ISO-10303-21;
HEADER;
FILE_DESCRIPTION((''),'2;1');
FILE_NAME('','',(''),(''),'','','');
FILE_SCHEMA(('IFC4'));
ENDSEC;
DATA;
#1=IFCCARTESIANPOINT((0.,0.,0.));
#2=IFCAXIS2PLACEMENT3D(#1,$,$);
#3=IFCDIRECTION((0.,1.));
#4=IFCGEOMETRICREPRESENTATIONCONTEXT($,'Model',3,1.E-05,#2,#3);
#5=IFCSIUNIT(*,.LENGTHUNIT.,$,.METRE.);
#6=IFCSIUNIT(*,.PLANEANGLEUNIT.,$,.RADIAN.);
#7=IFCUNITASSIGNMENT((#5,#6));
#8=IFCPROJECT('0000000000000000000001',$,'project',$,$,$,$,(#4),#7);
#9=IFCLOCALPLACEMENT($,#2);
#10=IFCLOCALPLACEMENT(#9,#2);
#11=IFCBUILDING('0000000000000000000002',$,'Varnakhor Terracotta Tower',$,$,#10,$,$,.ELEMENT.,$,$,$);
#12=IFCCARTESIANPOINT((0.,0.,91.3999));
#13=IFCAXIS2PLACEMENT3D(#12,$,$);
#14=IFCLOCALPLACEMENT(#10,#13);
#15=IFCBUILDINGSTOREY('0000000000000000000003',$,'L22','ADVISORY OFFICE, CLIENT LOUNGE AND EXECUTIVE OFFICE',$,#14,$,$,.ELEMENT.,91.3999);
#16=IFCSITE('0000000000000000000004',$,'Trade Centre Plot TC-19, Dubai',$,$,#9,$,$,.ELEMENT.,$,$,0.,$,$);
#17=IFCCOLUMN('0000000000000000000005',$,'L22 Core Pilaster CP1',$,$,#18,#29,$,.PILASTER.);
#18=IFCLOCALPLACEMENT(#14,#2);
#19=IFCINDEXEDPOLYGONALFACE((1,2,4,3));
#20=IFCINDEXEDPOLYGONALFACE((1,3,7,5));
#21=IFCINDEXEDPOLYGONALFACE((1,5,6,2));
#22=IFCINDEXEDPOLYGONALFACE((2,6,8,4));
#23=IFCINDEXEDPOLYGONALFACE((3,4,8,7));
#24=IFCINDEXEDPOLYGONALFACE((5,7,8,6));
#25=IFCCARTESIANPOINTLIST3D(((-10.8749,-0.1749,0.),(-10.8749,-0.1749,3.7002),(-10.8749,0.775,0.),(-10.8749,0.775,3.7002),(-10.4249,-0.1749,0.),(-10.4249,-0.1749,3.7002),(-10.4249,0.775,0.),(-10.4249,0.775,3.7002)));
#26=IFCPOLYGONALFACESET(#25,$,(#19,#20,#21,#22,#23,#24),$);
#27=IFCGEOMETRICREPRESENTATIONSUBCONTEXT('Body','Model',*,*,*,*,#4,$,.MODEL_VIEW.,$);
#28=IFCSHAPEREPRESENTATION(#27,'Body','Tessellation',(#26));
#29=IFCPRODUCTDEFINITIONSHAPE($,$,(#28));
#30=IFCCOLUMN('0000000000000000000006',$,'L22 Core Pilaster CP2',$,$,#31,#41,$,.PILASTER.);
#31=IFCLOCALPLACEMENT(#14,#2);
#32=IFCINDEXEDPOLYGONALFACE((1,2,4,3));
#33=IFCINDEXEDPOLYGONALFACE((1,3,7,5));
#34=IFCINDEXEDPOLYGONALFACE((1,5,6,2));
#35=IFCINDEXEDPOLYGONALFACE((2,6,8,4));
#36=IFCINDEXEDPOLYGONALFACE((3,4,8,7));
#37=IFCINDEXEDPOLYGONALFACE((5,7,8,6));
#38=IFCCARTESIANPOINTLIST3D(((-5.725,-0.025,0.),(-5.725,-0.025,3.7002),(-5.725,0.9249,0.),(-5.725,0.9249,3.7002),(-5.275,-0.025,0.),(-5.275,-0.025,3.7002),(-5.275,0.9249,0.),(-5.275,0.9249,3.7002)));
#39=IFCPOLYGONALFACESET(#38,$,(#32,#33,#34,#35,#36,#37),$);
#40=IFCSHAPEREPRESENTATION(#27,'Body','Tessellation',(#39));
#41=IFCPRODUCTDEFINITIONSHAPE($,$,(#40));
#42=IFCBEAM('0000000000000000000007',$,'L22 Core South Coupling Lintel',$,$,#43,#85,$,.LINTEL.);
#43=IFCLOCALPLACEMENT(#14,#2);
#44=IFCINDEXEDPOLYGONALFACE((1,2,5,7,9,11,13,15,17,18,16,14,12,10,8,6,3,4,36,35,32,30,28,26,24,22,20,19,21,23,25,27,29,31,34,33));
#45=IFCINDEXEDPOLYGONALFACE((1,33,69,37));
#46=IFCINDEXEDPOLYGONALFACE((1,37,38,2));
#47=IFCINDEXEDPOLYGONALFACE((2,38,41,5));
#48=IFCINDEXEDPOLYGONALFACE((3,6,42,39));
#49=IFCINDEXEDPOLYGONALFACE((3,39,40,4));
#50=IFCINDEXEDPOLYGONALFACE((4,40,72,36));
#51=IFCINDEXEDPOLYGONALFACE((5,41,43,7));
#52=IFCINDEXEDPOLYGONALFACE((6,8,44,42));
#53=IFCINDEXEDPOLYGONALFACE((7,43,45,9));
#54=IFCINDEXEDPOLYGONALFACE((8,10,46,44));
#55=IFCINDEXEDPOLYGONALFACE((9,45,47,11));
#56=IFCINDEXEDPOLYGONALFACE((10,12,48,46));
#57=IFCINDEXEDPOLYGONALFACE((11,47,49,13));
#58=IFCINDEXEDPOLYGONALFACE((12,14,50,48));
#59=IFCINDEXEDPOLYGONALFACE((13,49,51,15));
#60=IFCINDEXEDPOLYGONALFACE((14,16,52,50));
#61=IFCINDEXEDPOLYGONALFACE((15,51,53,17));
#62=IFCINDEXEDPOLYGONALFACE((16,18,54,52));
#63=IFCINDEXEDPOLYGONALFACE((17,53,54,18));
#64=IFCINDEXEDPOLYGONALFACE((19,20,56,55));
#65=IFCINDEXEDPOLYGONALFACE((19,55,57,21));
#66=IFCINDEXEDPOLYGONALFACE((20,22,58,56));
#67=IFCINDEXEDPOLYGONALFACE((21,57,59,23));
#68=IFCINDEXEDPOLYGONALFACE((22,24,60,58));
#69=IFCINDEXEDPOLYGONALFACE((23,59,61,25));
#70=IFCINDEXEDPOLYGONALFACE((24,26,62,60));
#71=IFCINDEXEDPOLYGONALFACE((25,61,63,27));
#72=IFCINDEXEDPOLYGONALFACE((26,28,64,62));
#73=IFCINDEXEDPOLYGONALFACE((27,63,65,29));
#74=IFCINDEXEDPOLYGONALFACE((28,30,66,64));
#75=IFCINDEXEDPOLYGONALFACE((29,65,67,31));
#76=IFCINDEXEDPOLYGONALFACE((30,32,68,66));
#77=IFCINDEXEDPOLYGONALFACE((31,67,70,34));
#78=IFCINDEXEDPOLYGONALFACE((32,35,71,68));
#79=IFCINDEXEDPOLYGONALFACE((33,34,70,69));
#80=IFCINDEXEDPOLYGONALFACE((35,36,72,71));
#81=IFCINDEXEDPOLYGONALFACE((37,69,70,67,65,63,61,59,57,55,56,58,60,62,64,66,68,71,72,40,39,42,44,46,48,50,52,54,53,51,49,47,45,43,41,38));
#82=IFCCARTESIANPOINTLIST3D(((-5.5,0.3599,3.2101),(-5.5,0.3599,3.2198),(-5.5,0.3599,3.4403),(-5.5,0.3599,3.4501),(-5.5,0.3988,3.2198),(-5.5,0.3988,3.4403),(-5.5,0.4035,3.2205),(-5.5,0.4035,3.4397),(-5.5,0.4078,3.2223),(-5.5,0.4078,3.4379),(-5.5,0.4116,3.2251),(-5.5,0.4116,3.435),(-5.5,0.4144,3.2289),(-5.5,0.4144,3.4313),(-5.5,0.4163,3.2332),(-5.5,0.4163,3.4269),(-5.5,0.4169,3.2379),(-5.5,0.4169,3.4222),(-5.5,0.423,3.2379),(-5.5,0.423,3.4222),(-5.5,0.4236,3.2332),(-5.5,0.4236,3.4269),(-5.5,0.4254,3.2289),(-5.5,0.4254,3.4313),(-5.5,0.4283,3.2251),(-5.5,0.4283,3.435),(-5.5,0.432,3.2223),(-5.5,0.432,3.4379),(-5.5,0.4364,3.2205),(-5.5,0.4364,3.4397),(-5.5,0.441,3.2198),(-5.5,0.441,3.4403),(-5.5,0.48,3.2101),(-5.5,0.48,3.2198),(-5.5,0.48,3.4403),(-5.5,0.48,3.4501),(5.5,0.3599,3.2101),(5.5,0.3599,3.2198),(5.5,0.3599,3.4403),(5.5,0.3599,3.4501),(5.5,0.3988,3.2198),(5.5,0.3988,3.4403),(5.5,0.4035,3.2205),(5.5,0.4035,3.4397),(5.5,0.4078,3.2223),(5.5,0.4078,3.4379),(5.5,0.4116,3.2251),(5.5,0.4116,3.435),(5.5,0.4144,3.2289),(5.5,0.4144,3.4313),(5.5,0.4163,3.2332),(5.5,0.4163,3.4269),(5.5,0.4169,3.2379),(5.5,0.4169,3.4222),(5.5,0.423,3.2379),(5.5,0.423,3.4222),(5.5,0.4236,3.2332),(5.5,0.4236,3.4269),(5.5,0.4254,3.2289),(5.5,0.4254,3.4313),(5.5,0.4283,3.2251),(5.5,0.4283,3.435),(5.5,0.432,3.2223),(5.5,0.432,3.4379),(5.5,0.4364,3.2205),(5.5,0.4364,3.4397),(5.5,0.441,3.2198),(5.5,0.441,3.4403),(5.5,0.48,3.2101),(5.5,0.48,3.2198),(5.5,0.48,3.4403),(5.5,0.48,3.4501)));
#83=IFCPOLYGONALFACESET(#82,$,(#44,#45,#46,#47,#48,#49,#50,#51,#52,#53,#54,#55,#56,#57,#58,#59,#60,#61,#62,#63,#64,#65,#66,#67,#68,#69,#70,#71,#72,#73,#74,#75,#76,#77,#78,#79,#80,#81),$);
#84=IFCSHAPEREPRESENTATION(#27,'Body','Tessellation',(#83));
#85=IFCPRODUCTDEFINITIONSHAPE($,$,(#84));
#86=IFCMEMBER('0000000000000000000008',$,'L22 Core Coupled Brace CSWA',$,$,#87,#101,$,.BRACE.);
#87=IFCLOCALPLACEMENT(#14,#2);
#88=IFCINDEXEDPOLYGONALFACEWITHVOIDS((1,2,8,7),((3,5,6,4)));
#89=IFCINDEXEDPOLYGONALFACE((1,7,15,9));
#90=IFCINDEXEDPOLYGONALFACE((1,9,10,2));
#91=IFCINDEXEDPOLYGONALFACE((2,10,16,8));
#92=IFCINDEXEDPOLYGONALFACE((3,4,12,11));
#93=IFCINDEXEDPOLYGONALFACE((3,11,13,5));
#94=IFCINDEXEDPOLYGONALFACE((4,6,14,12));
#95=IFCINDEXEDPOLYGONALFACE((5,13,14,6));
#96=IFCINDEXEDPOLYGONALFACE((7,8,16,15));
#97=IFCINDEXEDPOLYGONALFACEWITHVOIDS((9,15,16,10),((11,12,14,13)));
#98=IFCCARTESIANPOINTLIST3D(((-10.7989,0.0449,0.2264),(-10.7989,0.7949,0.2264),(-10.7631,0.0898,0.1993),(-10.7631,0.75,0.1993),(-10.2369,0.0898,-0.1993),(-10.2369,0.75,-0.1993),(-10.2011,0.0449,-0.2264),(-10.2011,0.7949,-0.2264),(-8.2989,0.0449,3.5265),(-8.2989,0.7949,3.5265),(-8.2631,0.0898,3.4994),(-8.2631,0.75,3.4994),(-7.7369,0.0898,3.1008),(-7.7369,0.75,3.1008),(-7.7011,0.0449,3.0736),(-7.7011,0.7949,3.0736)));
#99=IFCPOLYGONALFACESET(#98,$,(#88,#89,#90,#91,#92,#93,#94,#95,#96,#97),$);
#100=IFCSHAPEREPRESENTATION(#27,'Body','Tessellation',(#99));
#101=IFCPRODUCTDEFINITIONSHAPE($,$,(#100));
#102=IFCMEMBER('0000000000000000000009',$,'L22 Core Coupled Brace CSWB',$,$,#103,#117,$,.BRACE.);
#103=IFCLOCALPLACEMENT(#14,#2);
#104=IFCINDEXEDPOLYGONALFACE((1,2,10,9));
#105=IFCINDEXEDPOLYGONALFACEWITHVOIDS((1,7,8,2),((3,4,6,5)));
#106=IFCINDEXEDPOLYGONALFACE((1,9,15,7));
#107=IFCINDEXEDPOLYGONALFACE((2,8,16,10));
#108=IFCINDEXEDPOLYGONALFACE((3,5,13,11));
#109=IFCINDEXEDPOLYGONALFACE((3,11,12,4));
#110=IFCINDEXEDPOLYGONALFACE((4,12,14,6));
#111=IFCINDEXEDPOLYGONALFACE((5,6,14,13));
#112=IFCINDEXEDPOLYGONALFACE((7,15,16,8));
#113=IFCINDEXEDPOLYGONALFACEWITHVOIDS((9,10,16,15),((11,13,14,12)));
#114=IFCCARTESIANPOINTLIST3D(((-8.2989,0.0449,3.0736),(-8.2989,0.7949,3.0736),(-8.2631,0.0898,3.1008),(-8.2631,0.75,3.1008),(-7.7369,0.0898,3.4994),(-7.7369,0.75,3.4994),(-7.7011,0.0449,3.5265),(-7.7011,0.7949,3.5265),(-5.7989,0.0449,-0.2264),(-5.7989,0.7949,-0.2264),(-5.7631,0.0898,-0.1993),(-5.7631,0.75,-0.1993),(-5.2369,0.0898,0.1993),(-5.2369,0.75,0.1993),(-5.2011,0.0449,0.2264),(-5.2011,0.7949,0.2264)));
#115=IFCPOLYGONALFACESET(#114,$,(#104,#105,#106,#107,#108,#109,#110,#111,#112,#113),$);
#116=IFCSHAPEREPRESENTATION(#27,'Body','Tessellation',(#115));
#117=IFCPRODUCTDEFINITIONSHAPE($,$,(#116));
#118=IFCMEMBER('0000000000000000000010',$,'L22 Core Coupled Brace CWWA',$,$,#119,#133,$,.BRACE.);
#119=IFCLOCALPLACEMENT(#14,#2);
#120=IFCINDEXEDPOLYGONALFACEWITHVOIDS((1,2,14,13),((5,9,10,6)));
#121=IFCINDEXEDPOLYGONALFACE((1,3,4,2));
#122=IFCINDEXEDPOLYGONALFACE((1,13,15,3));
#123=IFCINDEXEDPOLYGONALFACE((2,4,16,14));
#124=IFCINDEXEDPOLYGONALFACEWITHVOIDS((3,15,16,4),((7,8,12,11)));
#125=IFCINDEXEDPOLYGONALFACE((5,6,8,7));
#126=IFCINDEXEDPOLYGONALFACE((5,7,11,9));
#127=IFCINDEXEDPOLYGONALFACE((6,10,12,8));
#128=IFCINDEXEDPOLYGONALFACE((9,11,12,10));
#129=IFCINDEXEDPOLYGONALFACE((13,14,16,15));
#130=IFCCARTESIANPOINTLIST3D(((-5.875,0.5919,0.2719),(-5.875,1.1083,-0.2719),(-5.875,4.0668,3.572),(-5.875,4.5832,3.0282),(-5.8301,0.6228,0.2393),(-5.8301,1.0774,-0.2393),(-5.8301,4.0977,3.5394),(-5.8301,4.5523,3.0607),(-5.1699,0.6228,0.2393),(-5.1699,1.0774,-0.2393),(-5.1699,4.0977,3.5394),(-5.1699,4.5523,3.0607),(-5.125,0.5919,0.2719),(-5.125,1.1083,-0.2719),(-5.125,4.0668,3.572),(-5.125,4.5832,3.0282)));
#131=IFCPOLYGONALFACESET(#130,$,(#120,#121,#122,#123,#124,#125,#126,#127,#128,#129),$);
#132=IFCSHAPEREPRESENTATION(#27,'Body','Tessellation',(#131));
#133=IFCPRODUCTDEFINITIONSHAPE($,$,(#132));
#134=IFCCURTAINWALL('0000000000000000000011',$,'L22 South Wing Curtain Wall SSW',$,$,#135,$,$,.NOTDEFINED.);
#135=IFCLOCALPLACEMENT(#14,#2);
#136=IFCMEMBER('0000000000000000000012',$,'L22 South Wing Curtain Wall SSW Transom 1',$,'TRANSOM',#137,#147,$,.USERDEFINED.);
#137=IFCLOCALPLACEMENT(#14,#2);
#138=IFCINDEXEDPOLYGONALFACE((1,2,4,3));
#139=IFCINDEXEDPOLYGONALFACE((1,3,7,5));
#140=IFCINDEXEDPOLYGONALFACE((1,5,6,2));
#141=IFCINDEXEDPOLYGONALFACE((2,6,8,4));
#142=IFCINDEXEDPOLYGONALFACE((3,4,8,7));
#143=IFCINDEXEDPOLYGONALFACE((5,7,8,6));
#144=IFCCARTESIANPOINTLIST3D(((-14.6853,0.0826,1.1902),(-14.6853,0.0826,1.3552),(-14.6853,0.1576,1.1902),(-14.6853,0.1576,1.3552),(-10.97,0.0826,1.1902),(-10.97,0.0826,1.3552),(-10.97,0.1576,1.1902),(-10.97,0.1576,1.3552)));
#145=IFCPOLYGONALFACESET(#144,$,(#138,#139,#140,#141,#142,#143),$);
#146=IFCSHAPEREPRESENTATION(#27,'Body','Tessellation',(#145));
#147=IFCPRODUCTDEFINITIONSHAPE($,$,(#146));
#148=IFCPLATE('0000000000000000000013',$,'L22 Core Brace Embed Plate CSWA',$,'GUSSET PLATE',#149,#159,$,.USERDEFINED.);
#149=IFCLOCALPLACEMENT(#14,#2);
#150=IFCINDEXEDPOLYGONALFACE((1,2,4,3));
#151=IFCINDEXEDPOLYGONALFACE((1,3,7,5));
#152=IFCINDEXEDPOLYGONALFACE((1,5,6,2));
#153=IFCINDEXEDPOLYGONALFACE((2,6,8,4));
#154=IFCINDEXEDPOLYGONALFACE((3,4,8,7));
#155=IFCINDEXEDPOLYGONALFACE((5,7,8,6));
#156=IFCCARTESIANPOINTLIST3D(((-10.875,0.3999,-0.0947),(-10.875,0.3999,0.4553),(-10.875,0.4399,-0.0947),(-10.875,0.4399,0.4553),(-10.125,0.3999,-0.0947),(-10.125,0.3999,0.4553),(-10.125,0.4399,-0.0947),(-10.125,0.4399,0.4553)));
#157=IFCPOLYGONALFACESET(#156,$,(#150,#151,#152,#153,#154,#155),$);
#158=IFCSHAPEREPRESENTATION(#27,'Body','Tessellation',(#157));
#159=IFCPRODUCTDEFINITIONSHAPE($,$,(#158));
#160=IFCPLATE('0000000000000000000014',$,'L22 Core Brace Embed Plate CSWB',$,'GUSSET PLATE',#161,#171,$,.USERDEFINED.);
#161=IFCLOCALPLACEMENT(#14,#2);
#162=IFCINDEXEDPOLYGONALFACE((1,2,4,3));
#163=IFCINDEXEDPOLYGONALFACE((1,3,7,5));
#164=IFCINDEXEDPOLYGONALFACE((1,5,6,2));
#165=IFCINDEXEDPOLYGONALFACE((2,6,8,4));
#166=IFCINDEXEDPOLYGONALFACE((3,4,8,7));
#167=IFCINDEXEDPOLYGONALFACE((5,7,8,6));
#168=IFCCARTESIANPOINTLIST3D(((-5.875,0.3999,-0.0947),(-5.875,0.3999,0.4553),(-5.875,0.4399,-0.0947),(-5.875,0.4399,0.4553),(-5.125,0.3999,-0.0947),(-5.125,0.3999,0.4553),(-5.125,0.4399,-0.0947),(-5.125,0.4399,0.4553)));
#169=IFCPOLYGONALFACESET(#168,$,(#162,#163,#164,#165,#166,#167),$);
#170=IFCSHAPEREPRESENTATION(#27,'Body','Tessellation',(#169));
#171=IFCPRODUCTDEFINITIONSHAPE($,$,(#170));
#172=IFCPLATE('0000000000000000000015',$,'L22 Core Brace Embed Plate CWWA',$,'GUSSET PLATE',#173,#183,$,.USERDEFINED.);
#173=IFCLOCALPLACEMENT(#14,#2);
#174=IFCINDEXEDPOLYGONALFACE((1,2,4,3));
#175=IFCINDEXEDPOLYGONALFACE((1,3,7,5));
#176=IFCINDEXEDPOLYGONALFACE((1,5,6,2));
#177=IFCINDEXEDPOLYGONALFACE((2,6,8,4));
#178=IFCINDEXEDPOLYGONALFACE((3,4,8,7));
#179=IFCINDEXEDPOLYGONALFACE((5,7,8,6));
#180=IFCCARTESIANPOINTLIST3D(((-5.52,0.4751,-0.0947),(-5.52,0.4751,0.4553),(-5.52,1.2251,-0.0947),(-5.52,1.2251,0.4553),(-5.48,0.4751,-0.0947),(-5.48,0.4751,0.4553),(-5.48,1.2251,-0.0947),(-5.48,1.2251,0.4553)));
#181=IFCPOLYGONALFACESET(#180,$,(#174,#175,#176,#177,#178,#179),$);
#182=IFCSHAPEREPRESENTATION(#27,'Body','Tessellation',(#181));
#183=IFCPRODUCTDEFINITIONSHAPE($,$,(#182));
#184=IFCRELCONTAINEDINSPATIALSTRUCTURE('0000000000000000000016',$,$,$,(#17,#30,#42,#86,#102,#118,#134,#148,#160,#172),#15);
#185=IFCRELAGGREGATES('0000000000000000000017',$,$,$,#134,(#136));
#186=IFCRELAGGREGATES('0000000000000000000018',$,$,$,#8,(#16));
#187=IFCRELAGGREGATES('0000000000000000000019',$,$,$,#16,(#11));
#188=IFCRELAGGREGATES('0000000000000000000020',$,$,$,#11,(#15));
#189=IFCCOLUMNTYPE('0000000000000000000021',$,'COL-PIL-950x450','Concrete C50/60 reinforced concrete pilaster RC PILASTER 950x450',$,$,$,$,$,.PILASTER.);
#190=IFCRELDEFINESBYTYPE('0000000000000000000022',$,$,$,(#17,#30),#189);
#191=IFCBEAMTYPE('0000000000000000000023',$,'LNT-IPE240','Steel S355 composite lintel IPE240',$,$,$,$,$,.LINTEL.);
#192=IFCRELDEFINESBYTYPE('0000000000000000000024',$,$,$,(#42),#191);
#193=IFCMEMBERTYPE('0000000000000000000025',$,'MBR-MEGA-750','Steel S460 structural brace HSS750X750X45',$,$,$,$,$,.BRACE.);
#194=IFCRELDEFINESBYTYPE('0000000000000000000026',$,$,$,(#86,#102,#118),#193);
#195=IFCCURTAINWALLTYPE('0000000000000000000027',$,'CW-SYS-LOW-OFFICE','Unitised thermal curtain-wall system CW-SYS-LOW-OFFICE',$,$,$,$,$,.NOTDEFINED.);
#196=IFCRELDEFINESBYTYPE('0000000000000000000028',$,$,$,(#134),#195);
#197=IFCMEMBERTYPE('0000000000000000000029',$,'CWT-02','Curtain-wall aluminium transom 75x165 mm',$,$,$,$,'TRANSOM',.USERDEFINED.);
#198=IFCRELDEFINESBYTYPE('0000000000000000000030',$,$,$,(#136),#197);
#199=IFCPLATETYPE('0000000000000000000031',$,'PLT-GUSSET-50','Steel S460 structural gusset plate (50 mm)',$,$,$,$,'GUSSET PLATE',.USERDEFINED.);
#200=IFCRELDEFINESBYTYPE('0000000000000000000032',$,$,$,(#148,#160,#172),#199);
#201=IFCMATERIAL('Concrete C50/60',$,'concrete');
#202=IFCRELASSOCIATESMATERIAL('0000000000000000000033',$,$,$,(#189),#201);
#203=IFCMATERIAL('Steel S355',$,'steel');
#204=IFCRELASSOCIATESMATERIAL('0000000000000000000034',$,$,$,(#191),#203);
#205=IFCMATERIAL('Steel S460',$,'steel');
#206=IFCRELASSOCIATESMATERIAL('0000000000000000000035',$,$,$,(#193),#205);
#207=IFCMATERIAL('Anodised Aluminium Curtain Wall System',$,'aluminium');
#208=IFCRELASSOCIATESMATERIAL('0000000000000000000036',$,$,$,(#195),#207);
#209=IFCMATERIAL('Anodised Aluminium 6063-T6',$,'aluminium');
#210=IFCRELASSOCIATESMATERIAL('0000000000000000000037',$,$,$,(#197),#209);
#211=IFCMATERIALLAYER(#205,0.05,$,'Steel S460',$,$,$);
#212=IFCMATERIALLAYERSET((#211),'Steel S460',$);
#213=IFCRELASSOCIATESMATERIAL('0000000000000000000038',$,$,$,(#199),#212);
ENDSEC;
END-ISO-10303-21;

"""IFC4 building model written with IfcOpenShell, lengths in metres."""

from ifc_helpers import new_model, si_unit, direction, frame, origin, origin_2d, place, context, subcontext, project, spatial, rectangle, hollow_rectangle, i_section, extrude, source, transform, mapped, material, layer, layer_set, material_profile, profile_set, type_object, type_shapes, element, aggregate, save


model = new_model("IFC4")

# Units and contexts
model_context = context("Model", 3, precision=1e-05, world=origin(), true_north=direction((0.0, 1.0)))
body_context = subcontext(model_context, "Body", "Model", "MODEL_VIEW")
ifc_project = project(units=[si_unit("LENGTHUNIT", "METRE"), si_unit("PLANEANGLEUNIT", "RADIAN")], contexts=[model_context])

# Site, building, storey
site_placement = place(None, origin())
site = spatial("IfcSite", under=ifc_project, at=site_placement, Name="Trade Centre Plot TC-19, Dubai", CompositionType="ELEMENT", RefElevation=0.0)
building_placement = place(site_placement, origin())
building = spatial("IfcBuilding", under=site, at=building_placement, Name="Varnakhor Terracotta Tower", CompositionType="ELEMENT")
storey_placement = place(building_placement, frame((0.0, 0.0, 91.3999)))
storey = spatial("IfcBuildingStorey", under=building, at=storey_placement, Name="L22", Description="ADVISORY OFFICE, CLIENT LOUNGE AND EXECUTIVE OFFICE", CompositionType="ELEMENT", Elevation=91.3999)

# Columns
ifc_material_1 = material(Name="Concrete C50/60", Category="concrete")
ifc_material_profile_1 = material_profile(ifc_material_1, rectangle(XDim=0.45, YDim=0.95, at=origin_2d()), Name="RC PILASTER 950x450")
ifc_profile_set_1 = profile_set([ifc_material_profile_1], Name="Concrete C50/60")
column_type = type_object("IfcColumnType", Name="COL-PIL-950x450", Description="Concrete C50/60 reinforced concrete pilaster RC PILASTER 950x450", PredefinedType="PILASTER", material=ifc_profile_set_1)
shared_shape_1 = source(origin(), body_context, "Body", "SweptSolid", [
    extrude(rectangle(XDim=0.45, YDim=0.95, at=origin_2d()), origin(), (0.0, 0.0, 1.0), 3.7002),
])
for number, where, z_axis, x_axis, name in (
    (1, (-10.6499, 0.3, 0.0), (0.0, 0.0, 1.0), (1.0, 0.0, 0.0), "L22 Core Pilaster CP1"),
    (2, (-5.5, 0.45, 0.0), (0.0, 0.0, 1.0), (1.0, 0.0, 0.0), "L22 Core Pilaster CP2"),
):
    element("IfcColumn", number, at=place(storey_placement, frame(where, z_axis=z_axis, x_axis=x_axis)), inside=storey, type_object=column_type, Name=name, PredefinedType="PILASTER", context=body_context, shape_type="MappedRepresentation", body=[
        mapped(shared_shape_1, transform((0.0, 0.0, 0.0), scale=1.0)),
    ])

# Beam
ifc_material_2 = material(Name="Steel S355", Category="steel")
ifc_material_profile_2 = material_profile(ifc_material_2, i_section(OverallWidth=0.1201, OverallDepth=0.24, WebThickness=0.0061, FlangeThickness=0.0098, FilletRadius=0.0181, at=origin_2d()), Name="IPE240")
ifc_profile_set_2 = profile_set([ifc_material_profile_2], Name="Steel S355")
beam_type = type_object("IfcBeamType", Name="LNT-IPE240", Description="Steel S355 composite lintel IPE240", PredefinedType="LINTEL", material=ifc_profile_set_2)
shared_shape_2 = source(origin(), body_context, "Body", "SweptSolid", [
    extrude(i_section(OverallWidth=0.1201, OverallDepth=0.24, WebThickness=0.0061, FlangeThickness=0.0098, FilletRadius=0.0181, at=origin_2d()), origin(), (0.0, 0.0, 1.0), 11.0),
])
type_shapes(beam_type, [shared_shape_2])
beam_placement = place(storey_placement, frame((-5.5, 0.4199, 3.3301), z_axis=(1.0, 0.0, 0.0), x_axis=(0.0, 1.0, 0.0)))
element("IfcBeam", 3, at=beam_placement, inside=storey, type_object=beam_type, Name="L22 Core South Coupling Lintel", PredefinedType="LINTEL", context=body_context, shape_type="MappedRepresentation", body=[
    mapped(shared_shape_2, transform((0.0, 0.0, 0.0), scale=1.0)),
])

# Members
ifc_material_3 = material(Name="Steel S460", Category="steel")
ifc_material_profile_3 = material_profile(ifc_material_3, hollow_rectangle(XDim=0.75, YDim=0.75, WallThickness=0.0449, at=origin_2d()), Name="HSS750X750X45")
ifc_profile_set_3 = profile_set([ifc_material_profile_3], Name="Steel S460")
member_type_1 = type_object("IfcMemberType", Name="MBR-MEGA-750", Description="Steel S460 structural brace HSS750X750X45", PredefinedType="BRACE", material=ifc_profile_set_3)
shared_shape_3 = source(origin(), body_context, "Body", "SweptSolid", [
    extrude(hollow_rectangle(XDim=0.75, YDim=0.75, WallThickness=0.0449, at=origin_2d()), origin(), (0.0, 0.0, 1.0), 4.1401),
])
type_shapes(member_type_1, [shared_shape_3])
for number, where, z_axis, x_axis, name in (
    (4, (-10.5, 0.4199, 0.0), (0.603852, 0.0, 0.797096), (0.0, 1.0, 0.0), "L22 Core Coupled Brace CSWA"),
    (5, (-5.5, 0.4199, 0.0), (-0.603852, 0.0, 0.797096), (0.0, -1.0, 0.0), "L22 Core Coupled Brace CSWB"),
):
    element("IfcMember", number, at=place(storey_placement, frame(where, z_axis=z_axis, x_axis=x_axis)), inside=storey, type_object=member_type_1, Name=name, PredefinedType="BRACE", context=body_context, shape_type="MappedRepresentation", body=[
        mapped(shared_shape_3, transform((0.0, 0.0, 0.0), scale=1.0)),
    ])
shared_shape_4 = source(origin(), body_context, "Body", "SweptSolid", [
    extrude(hollow_rectangle(XDim=0.75, YDim=0.75, WallThickness=0.0449, at=origin_2d()), origin(), (0.0, 0.0, 1.0), 4.7922),
])
member_1_placement = place(storey_placement, frame((-5.5, 0.8501, 0.0), z_axis=(0.0, 0.72511, 0.688633), x_axis=(-1.0, 0.0, 0.0)))
element("IfcMember", 6, at=member_1_placement, inside=storey, type_object=member_type_1, Name="L22 Core Coupled Brace CWWA", PredefinedType="BRACE", context=body_context, shape_type="MappedRepresentation", body=[
    mapped(shared_shape_4, transform((0.0, 0.0, 0.0), scale=1.0)),
])

# Curtain wall, member
ifc_material_4 = material(Name="Anodised Aluminium Curtain Wall System", Category="aluminium")
curtain_wall_type = type_object("IfcCurtainWallType", Name="CW-SYS-LOW-OFFICE", Description="Unitised thermal curtain-wall system CW-SYS-LOW-OFFICE", PredefinedType="NOTDEFINED", material=ifc_material_4)
curtain_wall_placement = place(storey_placement, origin())
curtain_wall = element("IfcCurtainWall", 7, at=curtain_wall_placement, inside=storey, type_object=curtain_wall_type, Name="L22 South Wing Curtain Wall SSW", PredefinedType="NOTDEFINED")
ifc_material_5 = material(Name="Anodised Aluminium 6063-T6", Category="aluminium")
ifc_material_profile_4 = material_profile(ifc_material_5, rectangle(XDim=0.075, YDim=0.165, at=origin_2d()), Name="ALU TRANSOM 75x165")
ifc_profile_set_4 = profile_set([ifc_material_profile_4], Name="Anodised Aluminium 6063-T6")
member_type_2 = type_object("IfcMemberType", Name="CWT-02", Description="Curtain-wall aluminium transom 75x165 mm", ElementType="TRANSOM", PredefinedType="USERDEFINED", material=ifc_profile_set_4)
shared_shape_5 = source(origin(), body_context, "Body", "SweptSolid", [
    extrude(rectangle(XDim=0.075, YDim=0.165, at=origin_2d()), origin(), (0.0, 0.0, 1.0), 3.7153),
])
member_2_placement = place(storey_placement, frame((-10.97, 0.1201, 1.2727), z_axis=(-1.0, 0.0, 0.0), x_axis=(0.0, -1.0, 0.0)))
member_2 = element("IfcMember", 8, at=member_2_placement, type_object=member_type_2, Name="L22 South Wing Curtain Wall SSW Transom 1", ObjectType="TRANSOM", PredefinedType="USERDEFINED", context=body_context, shape_type="MappedRepresentation", body=[
    mapped(shared_shape_5, transform((0.0, 0.0, 0.0), scale=1.0)),
])
aggregate(curtain_wall, [member_2])

# Plates
ifc_layer_1 = layer(ifc_material_3, 0.05, Name="Steel S460")
ifc_layer_set_1 = layer_set([ifc_layer_1], Name="Steel S460")
plate_type = type_object("IfcPlateType", Name="PLT-GUSSET-50", Description="Steel S460 structural gusset plate (50 mm)", ElementType="GUSSET PLATE", PredefinedType="USERDEFINED", material=ifc_layer_set_1)
shared_shape_6 = source(origin(), body_context, "Body", "SweptSolid", [
    extrude(rectangle(XDim=0.75, YDim=0.04, at=origin_2d()), origin(), (0.0, 0.0, 1.0), 0.55),
])
type_shapes(plate_type, [shared_shape_6])
for number, where, z_axis, x_axis, name in (
    (9, (-10.5, 0.4199, -0.0947), (0.0, 0.0, 1.0), (1.0, 0.0, 0.0), "L22 Core Brace Embed Plate CSWA"),
    (10, (-5.5, 0.4199, -0.0947), (0.0, 0.0, 1.0), (1.0, 0.0, 0.0), "L22 Core Brace Embed Plate CSWB"),
    (11, (-5.5, 0.8501, -0.0947), (0.0, 0.0, 1.0), (0.0, 1.0, 0.0), "L22 Core Brace Embed Plate CWWA"),
):
    element("IfcPlate", number, at=place(storey_placement, frame(where, z_axis=z_axis, x_axis=x_axis)), inside=storey, type_object=plate_type, Name=name, ObjectType="GUSSET PLATE", PredefinedType="USERDEFINED", context=body_context, shape_type="MappedRepresentation", body=[
        mapped(shared_shape_6, transform((0.0, 0.0, 0.0), scale=1.0)),
    ])

save(model, "model.ifc")
